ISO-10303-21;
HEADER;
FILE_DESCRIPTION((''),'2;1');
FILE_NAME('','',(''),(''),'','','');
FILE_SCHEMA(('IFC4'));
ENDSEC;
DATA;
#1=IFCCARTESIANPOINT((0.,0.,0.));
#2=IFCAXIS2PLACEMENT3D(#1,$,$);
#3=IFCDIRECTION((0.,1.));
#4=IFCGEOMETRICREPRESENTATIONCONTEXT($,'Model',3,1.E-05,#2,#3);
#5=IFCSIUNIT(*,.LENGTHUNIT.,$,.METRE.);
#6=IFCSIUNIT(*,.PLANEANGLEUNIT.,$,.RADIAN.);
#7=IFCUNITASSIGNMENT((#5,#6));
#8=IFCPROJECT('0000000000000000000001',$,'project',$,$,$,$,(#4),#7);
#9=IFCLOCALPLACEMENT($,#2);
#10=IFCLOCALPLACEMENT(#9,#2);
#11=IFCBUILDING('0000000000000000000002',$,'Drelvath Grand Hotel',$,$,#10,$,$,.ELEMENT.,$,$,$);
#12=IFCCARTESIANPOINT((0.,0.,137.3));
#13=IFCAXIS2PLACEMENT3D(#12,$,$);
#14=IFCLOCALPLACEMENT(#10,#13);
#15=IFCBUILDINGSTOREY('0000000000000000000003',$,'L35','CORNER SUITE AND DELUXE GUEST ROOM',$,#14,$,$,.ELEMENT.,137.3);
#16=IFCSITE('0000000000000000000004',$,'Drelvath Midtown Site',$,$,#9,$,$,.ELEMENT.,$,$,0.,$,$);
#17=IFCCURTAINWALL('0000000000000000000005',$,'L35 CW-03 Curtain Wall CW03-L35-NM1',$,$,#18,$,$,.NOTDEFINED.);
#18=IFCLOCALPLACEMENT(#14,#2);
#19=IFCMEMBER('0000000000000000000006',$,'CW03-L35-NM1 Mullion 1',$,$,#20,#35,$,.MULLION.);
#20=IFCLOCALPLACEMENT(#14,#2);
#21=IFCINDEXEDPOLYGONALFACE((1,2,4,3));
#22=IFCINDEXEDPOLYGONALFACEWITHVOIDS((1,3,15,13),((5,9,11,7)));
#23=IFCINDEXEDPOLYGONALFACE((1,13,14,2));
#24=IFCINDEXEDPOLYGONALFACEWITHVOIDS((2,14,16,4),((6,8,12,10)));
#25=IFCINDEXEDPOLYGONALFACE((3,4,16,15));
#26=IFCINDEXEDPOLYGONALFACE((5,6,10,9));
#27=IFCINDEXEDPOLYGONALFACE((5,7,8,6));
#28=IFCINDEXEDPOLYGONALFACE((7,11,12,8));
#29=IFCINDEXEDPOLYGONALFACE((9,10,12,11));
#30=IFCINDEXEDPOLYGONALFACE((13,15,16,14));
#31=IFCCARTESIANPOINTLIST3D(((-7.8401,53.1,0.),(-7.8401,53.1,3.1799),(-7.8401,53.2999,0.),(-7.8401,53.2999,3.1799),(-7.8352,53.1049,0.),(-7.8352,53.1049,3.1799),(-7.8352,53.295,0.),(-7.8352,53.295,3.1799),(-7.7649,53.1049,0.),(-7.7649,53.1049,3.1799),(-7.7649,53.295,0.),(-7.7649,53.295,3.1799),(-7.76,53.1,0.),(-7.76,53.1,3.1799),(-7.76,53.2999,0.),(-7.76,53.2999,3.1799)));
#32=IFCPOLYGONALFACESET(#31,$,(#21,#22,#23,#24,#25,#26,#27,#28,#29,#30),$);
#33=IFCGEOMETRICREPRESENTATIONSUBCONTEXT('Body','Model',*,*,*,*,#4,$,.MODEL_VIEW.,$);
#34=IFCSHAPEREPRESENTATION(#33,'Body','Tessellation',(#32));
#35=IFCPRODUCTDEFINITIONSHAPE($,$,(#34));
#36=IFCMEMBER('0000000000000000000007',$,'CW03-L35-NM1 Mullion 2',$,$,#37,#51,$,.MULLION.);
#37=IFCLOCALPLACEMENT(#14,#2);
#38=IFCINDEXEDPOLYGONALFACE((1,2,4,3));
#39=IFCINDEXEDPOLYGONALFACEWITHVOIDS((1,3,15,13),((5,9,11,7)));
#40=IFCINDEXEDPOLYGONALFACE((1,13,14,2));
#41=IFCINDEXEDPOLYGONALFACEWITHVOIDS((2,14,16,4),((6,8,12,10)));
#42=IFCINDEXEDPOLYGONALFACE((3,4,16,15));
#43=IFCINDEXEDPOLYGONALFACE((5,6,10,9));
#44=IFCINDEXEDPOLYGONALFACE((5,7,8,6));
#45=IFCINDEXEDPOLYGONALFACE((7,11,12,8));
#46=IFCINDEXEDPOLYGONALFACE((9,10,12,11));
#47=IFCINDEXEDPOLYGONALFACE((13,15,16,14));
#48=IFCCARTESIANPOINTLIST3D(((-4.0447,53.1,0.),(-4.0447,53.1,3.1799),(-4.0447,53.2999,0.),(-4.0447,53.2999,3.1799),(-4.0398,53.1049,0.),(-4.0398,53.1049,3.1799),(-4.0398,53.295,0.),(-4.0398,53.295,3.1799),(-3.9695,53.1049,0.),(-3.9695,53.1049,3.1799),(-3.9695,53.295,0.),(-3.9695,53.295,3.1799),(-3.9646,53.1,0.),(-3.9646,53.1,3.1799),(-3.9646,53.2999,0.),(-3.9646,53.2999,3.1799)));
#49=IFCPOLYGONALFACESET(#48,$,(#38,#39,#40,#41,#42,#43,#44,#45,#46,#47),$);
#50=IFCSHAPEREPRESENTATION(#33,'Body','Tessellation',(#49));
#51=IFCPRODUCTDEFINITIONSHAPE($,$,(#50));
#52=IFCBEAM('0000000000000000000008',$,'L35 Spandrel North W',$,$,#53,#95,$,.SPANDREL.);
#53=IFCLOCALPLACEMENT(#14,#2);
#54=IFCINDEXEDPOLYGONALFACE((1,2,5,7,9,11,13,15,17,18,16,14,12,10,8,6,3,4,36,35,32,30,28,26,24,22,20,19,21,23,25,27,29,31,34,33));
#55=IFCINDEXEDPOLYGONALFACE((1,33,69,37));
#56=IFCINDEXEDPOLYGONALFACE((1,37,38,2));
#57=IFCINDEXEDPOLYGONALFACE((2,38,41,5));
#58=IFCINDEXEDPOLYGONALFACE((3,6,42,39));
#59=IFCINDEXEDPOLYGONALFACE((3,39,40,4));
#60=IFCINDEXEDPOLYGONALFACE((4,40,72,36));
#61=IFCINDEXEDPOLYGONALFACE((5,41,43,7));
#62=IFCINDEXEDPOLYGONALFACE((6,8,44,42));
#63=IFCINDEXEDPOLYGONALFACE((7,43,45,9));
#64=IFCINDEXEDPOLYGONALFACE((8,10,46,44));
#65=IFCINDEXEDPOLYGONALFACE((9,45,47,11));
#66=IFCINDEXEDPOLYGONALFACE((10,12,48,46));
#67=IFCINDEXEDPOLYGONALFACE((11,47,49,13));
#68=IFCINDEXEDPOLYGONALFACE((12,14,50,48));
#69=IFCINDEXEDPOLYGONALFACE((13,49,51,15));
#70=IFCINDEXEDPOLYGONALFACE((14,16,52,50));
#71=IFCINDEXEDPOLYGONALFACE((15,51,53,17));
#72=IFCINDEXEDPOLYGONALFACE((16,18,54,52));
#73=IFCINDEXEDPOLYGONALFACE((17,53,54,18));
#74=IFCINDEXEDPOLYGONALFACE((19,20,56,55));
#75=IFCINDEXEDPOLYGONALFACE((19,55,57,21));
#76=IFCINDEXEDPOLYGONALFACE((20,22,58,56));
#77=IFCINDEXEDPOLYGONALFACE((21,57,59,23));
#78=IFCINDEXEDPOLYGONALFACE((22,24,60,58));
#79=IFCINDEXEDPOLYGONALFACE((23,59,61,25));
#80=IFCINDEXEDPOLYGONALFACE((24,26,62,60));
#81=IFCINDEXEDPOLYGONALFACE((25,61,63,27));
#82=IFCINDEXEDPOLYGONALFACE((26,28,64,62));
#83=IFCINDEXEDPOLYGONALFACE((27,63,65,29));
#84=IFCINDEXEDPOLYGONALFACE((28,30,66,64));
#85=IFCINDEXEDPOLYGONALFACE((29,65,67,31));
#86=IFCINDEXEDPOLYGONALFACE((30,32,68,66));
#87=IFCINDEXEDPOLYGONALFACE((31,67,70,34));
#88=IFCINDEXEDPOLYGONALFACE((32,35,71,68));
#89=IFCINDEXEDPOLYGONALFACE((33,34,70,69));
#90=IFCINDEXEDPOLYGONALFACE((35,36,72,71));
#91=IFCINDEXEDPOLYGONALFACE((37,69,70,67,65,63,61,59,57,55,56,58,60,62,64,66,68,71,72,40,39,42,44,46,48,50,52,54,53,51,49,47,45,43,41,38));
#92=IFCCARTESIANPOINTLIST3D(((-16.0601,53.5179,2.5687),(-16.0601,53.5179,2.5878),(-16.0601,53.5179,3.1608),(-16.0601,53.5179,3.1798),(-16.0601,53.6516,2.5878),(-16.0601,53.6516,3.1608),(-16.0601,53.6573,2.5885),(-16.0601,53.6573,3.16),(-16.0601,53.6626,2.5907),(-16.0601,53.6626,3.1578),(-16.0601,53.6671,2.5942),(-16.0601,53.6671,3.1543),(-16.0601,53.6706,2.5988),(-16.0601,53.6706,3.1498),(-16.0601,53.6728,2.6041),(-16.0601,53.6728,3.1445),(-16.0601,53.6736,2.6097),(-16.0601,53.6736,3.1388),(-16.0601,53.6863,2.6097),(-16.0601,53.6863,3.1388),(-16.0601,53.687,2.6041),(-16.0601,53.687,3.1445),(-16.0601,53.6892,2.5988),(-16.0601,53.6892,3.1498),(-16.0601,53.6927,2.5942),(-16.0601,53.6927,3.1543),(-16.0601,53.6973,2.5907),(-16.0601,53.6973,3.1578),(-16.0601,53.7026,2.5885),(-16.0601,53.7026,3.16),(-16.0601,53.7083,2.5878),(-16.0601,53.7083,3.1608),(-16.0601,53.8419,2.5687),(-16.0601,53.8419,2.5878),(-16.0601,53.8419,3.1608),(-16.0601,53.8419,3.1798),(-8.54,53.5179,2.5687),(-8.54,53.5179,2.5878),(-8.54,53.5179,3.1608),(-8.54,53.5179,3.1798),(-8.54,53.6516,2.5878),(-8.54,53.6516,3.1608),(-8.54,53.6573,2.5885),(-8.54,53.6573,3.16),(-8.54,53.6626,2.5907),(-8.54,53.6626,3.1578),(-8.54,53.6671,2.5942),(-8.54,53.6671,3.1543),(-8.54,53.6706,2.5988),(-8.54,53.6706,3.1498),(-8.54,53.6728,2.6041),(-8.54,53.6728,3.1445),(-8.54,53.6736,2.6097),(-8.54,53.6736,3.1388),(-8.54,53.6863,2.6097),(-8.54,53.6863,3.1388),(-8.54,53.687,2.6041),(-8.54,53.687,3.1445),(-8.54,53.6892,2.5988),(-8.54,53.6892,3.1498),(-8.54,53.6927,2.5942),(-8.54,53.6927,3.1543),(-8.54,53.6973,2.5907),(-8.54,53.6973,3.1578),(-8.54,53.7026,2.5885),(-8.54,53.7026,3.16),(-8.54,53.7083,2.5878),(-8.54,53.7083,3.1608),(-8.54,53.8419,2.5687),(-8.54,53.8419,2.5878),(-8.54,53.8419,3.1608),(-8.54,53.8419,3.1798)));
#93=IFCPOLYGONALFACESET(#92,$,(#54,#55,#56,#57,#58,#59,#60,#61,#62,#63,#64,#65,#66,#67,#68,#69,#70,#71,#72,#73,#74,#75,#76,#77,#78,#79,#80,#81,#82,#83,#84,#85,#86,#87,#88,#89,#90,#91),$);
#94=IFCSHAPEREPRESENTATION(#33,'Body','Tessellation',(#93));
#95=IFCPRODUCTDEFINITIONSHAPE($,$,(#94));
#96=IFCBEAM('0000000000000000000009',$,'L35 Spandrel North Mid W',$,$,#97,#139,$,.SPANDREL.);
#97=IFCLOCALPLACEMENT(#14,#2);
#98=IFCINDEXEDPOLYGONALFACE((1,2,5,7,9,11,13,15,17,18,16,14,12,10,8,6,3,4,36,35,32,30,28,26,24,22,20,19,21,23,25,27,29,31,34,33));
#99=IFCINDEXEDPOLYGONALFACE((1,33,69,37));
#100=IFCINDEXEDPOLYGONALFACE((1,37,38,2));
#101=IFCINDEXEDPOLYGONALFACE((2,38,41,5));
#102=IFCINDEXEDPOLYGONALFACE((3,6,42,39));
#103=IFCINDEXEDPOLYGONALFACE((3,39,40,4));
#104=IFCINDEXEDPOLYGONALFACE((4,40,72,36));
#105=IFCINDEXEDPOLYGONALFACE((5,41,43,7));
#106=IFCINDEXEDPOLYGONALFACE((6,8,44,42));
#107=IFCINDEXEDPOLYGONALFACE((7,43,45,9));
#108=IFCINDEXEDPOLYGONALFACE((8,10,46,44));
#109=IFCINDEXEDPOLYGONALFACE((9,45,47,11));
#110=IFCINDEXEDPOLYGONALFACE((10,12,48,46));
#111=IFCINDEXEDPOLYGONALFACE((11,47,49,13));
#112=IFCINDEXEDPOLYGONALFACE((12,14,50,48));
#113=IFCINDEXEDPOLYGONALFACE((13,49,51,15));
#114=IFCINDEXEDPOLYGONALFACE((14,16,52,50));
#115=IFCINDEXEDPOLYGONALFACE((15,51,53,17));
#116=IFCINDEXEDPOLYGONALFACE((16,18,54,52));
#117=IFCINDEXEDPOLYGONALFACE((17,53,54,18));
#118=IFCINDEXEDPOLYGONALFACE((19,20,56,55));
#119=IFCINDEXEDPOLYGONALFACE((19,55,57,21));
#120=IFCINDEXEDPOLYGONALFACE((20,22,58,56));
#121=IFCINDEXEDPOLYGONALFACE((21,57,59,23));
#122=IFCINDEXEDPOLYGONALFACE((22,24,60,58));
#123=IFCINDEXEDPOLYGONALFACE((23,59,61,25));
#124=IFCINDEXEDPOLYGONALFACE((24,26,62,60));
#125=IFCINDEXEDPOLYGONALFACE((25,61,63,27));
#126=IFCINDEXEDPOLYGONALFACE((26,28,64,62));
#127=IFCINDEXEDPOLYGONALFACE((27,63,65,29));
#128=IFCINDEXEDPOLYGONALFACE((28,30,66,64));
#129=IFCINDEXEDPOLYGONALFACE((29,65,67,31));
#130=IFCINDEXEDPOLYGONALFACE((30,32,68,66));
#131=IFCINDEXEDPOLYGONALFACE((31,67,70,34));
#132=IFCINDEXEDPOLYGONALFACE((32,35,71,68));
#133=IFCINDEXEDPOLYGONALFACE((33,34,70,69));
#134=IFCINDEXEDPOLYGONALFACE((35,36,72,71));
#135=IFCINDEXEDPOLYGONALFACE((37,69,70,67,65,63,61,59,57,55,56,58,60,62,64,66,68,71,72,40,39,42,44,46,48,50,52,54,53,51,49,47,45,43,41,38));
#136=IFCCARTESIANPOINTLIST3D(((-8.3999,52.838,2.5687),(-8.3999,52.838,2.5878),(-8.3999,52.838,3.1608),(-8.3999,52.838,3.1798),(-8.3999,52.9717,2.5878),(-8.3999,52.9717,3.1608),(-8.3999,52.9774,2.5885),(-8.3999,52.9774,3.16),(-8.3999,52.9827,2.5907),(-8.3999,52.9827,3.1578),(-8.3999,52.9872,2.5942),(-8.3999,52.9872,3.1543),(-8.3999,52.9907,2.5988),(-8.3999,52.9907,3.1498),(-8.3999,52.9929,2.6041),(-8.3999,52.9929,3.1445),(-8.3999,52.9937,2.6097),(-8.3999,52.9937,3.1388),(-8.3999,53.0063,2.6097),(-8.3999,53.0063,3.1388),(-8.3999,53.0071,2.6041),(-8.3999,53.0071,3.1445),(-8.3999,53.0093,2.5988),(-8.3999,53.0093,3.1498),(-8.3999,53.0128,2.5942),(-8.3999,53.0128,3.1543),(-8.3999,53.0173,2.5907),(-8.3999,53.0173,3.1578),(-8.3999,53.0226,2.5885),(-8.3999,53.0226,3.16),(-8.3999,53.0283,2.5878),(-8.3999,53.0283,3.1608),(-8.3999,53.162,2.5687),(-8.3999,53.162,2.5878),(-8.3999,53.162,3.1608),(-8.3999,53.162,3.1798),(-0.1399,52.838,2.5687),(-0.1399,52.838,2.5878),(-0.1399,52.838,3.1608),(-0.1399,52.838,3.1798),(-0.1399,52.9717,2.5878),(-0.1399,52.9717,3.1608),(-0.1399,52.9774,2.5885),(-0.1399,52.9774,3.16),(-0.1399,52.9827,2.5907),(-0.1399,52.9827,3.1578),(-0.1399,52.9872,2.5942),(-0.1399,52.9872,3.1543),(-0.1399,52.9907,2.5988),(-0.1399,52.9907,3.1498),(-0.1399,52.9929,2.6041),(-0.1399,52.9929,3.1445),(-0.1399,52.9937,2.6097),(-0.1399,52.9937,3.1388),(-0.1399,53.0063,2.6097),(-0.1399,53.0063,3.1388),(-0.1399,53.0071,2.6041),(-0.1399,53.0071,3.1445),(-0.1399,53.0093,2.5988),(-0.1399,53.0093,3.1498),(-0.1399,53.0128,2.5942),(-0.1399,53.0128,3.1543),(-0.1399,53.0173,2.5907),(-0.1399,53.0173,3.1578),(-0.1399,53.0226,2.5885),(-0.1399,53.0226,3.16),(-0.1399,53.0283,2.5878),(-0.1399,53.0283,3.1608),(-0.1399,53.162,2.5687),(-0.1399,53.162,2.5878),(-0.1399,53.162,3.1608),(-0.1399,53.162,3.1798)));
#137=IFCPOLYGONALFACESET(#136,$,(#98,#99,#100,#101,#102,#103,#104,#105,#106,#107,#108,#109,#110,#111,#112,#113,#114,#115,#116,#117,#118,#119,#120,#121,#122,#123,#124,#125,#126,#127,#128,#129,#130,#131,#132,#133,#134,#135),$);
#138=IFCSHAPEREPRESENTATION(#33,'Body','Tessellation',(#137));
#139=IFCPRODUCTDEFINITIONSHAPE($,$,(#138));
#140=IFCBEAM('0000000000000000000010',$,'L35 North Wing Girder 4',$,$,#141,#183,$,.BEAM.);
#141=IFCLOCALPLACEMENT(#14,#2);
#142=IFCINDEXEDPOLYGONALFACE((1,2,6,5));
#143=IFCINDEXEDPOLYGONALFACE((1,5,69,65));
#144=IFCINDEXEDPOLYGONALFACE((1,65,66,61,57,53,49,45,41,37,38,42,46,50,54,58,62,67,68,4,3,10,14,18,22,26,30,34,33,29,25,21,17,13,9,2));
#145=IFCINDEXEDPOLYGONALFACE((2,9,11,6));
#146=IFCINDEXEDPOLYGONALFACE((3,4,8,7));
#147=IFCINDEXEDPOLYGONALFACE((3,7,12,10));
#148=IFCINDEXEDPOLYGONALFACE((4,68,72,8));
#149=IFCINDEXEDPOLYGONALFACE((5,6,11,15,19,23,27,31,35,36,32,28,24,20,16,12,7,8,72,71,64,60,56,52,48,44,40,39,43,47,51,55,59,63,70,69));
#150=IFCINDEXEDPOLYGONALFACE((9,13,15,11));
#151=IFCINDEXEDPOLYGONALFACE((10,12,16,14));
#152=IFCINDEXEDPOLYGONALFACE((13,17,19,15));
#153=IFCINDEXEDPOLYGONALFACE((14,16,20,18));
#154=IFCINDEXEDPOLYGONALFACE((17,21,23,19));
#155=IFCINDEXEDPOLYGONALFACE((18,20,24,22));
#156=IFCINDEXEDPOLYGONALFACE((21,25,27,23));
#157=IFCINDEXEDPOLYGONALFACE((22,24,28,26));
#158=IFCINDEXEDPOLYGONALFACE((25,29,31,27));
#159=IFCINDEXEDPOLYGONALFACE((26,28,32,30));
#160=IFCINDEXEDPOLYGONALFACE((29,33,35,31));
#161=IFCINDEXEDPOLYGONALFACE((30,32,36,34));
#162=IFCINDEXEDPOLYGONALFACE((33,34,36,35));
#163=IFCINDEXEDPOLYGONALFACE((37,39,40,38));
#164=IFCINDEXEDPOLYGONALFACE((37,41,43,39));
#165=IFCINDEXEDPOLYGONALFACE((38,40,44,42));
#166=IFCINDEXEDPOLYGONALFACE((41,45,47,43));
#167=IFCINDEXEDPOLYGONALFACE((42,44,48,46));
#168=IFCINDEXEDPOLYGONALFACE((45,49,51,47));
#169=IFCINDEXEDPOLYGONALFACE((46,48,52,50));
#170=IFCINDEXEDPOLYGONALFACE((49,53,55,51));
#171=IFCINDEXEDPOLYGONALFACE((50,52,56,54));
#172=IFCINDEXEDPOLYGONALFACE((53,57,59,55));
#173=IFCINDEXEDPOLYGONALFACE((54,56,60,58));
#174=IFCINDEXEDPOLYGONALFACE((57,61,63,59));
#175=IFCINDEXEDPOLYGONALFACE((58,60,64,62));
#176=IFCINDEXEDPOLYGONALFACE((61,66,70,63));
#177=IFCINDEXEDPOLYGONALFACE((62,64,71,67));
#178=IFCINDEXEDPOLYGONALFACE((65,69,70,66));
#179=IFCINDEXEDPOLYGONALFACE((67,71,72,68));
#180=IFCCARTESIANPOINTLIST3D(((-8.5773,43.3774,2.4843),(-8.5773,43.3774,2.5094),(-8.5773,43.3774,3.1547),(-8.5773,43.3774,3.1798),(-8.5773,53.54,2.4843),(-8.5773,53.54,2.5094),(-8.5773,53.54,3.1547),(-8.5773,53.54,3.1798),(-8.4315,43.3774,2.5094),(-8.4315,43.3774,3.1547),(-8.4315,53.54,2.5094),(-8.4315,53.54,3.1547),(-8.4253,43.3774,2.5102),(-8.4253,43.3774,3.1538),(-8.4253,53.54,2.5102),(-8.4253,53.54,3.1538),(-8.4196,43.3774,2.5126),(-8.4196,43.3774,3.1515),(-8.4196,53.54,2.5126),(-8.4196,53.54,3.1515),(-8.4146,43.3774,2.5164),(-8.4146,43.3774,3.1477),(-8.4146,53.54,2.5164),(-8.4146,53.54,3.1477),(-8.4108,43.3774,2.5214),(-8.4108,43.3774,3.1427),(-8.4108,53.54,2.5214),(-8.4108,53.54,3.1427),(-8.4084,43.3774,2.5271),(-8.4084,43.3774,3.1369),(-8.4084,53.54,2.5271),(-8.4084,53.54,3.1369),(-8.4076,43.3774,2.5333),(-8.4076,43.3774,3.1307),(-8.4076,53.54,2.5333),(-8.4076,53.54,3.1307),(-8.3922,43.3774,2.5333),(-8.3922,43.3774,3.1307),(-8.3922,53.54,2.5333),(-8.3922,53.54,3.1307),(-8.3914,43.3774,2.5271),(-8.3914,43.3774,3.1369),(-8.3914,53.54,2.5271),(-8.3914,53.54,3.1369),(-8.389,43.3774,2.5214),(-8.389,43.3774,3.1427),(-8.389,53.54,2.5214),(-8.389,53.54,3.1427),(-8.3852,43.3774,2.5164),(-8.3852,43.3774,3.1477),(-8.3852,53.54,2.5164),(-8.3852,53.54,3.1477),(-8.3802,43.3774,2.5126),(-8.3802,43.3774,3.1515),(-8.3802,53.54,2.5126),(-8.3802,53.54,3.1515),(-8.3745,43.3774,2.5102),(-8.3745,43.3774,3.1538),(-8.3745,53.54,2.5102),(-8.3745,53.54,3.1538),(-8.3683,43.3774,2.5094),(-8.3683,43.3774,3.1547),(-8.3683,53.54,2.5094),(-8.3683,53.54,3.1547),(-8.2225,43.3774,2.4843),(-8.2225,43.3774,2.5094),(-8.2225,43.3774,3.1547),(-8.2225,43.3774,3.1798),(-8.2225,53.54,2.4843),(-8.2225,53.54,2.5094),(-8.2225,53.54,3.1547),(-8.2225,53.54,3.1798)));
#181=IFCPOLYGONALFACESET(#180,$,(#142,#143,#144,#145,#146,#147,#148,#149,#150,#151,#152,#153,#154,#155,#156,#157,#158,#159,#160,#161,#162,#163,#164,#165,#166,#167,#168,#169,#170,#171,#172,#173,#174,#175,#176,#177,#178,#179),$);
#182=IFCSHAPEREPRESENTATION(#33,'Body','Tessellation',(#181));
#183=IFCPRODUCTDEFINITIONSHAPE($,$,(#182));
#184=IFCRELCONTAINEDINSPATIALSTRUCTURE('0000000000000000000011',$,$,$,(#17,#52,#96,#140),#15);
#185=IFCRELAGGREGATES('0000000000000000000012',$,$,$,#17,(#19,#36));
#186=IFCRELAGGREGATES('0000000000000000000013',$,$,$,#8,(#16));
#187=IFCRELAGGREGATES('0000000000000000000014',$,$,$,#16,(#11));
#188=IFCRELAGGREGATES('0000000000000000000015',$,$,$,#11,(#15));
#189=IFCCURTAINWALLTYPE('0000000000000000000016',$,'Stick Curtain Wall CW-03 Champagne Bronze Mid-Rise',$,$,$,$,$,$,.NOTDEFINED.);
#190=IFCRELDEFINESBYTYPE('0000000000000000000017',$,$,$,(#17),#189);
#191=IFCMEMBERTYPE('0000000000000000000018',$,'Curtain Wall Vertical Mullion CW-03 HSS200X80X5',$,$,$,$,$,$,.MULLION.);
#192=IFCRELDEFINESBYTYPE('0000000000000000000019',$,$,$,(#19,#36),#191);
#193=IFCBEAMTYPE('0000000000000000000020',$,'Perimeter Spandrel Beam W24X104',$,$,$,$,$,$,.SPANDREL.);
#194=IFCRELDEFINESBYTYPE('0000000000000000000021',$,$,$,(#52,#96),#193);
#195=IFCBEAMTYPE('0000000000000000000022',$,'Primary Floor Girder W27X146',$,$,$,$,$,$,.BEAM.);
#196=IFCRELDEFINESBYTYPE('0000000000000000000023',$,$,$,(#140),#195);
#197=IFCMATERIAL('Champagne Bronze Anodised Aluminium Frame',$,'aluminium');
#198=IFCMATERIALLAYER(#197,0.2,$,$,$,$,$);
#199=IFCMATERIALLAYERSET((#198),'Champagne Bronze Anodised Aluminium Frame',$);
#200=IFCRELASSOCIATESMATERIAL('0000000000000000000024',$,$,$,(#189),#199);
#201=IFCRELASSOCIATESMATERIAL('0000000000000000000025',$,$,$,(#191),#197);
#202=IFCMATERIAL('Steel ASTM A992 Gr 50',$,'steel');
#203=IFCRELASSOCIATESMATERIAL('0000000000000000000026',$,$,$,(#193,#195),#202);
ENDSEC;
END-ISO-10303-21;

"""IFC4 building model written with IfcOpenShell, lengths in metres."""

from ifc_helpers import new_model, si_unit, direction, frame, origin, origin_2d, place, context, subcontext, project, spatial, hollow_rectangle, i_section, extrude, material, layer, layer_set, material_profile, profile_set, type_object, element, aggregate, save


model = new_model("IFC4")

# Units and contexts
model_context = context("Model", 3, precision=1e-05, world=origin(), true_north=direction((0.0, 1.0)))
body_context = subcontext(model_context, "Body", "Model", "MODEL_VIEW")
ifc_project = project(units=[si_unit("LENGTHUNIT", "METRE"), si_unit("PLANEANGLEUNIT", "RADIAN")], contexts=[model_context])

# Site, building, storey
site_placement = place(None, origin())
site = spatial("IfcSite", under=ifc_project, at=site_placement, Name="Drelvath Midtown Site", CompositionType="ELEMENT", RefElevation=0.0)
building_placement = place(site_placement, origin())
building = spatial("IfcBuilding", under=site, at=building_placement, Name="Drelvath Grand Hotel", CompositionType="ELEMENT")
storey_placement = place(building_placement, frame((0.0, 0.0, 137.3)))
storey = spatial("IfcBuildingStorey", under=building, at=storey_placement, Name="L35", Description="CORNER SUITE AND DELUXE GUEST ROOM", CompositionType="ELEMENT", Elevation=137.3)

# Curtain wall
ifc_material_1 = material(Name="Champagne Bronze Anodised Aluminium Frame", Category="aluminium")
ifc_layer_1 = layer(ifc_material_1, 0.2)
ifc_layer_set_1 = layer_set([ifc_layer_1], Name="Champagne Bronze Anodised Aluminium Frame")
curtain_wall_type = type_object("IfcCurtainWallType", Name="Stick Curtain Wall CW-03 Champagne Bronze Mid-Rise", PredefinedType="NOTDEFINED", material=ifc_layer_set_1)
curtain_wall_1_placement = place(storey_placement, origin())
curtain_wall_1 = element("IfcCurtainWall", 1, at=curtain_wall_1_placement, inside=storey, type_object=curtain_wall_type, Name="L35 CW-03 Curtain Wall CW03-L35-NM1", PredefinedType="NOTDEFINED")

# Members
ifc_material_profile_1 = material_profile(ifc_material_1, hollow_rectangle(XDim=0.0801, YDim=0.2, WallThickness=0.0049, at=origin_2d()), Name="HSS200X80X5")
ifc_profile_set_1 = profile_set([ifc_material_profile_1], Name="Champagne Bronze Anodised Aluminium Frame")
member_type_1 = type_object("IfcMemberType", Name="Curtain Wall Vertical Mullion CW-03 HSS200X80X5", PredefinedType="MULLION", material=ifc_profile_set_1)
member_1_placement = place(storey_placement, frame((-7.8, 53.2, 0.0), z_axis=(0.0, 0.0, 1.0), x_axis=(1.0, 0.0, 0.0)))
member_1 = element("IfcMember", 2, at=member_1_placement, type_object=member_type_1, Name="CW03-L35-NM1 Mullion 1", PredefinedType="MULLION", context=body_context, shape_type="SweptSolid", body=[
    extrude(hollow_rectangle(XDim=0.0801, YDim=0.2, WallThickness=0.0049, at=origin_2d()), origin(), (0.0, 0.0, 1.0), 3.1799),
])
member_2_placement = place(storey_placement, frame((-4.0046, 53.2, 0.0), z_axis=(0.0, 0.0, 1.0), x_axis=(1.0, 0.0, 0.0)))
member_2 = element("IfcMember", 3, at=member_2_placement, type_object=member_type_1, Name="CW03-L35-NM1 Mullion 2", PredefinedType="MULLION", context=body_context, shape_type="SweptSolid", body=[
    extrude(hollow_rectangle(XDim=0.0801, YDim=0.2, WallThickness=0.0049, at=origin_2d()), origin(), (0.0, 0.0, 1.0), 3.1799),
])

# Beams
ifc_material_2 = material(Name="Steel ASTM A992 Gr 50", Category="steel")
ifc_material_profile_2 = material_profile(ifc_material_2, i_section(OverallWidth=0.324, OverallDepth=0.6111, WebThickness=0.0127, FlangeThickness=0.019, FilletRadius=0.022, at=origin_2d()), Name="W24X104")
ifc_profile_set_2 = profile_set([ifc_material_profile_2], Name="Steel ASTM A992 Gr 50")
beam_type_1 = type_object("IfcBeamType", Name="Perimeter Spandrel Beam W24X104", PredefinedType="SPANDREL", material=ifc_profile_set_2)
beam_1_placement = place(storey_placement, frame((-16.0601, 53.6799, 2.8743), z_axis=(1.0, 0.0, 0.0), x_axis=(0.0, 1.0, 0.0)))
element("IfcBeam", 4, at=beam_1_placement, inside=storey, type_object=beam_type_1, Name="L35 Spandrel North W", PredefinedType="SPANDREL", context=body_context, shape_type="SweptSolid", body=[
    extrude(i_section(OverallWidth=0.324, OverallDepth=0.6111, WebThickness=0.0127, FlangeThickness=0.019, FilletRadius=0.022, at=origin_2d()), origin(), (0.0, 0.0, 1.0), 7.52),
])
beam_2_placement = place(storey_placement, frame((-8.3999, 53.0, 2.8743), z_axis=(1.0, 0.0, 0.0), x_axis=(0.0, 1.0, 0.0)))
element("IfcBeam", 5, at=beam_2_placement, inside=storey, type_object=beam_type_1, Name="L35 Spandrel North Mid W", PredefinedType="SPANDREL", context=body_context, shape_type="SweptSolid", body=[
    extrude(i_section(OverallWidth=0.324, OverallDepth=0.6111, WebThickness=0.0127, FlangeThickness=0.019, FilletRadius=0.022, at=origin_2d()), origin(), (0.0, 0.0, 1.0), 8.26),
])
ifc_material_profile_3 = material_profile(ifc_material_2, i_section(OverallWidth=0.3547, OverallDepth=0.6956, WebThickness=0.0154, FlangeThickness=0.0251, FilletRadius=0.0239, at=origin_2d()), Name="W27X146")
ifc_profile_set_3 = profile_set([ifc_material_profile_3], Name="Steel ASTM A992 Gr 50")
beam_type_2 = type_object("IfcBeamType", Name="Primary Floor Girder W27X146", PredefinedType="BEAM", material=ifc_profile_set_3)
beam_3_placement = place(storey_placement, frame((-8.3999, 43.3774, 2.832), z_axis=(0.0, 1.0, 0.0), x_axis=(-1.0, 0.0, 0.0)))
element("IfcBeam", 6, at=beam_3_placement, inside=storey, type_object=beam_type_2, Name="L35 North Wing Girder 4", PredefinedType="BEAM", context=body_context, shape_type="SweptSolid", body=[
    extrude(i_section(OverallWidth=0.3547, OverallDepth=0.6956, WebThickness=0.0154, FlangeThickness=0.0251, FilletRadius=0.0239, at=origin_2d()), origin(), (0.0, 0.0, 1.0), 10.1626),
])

aggregate(curtain_wall_1, [member_1, member_2])

save(model, "model.ifc")
